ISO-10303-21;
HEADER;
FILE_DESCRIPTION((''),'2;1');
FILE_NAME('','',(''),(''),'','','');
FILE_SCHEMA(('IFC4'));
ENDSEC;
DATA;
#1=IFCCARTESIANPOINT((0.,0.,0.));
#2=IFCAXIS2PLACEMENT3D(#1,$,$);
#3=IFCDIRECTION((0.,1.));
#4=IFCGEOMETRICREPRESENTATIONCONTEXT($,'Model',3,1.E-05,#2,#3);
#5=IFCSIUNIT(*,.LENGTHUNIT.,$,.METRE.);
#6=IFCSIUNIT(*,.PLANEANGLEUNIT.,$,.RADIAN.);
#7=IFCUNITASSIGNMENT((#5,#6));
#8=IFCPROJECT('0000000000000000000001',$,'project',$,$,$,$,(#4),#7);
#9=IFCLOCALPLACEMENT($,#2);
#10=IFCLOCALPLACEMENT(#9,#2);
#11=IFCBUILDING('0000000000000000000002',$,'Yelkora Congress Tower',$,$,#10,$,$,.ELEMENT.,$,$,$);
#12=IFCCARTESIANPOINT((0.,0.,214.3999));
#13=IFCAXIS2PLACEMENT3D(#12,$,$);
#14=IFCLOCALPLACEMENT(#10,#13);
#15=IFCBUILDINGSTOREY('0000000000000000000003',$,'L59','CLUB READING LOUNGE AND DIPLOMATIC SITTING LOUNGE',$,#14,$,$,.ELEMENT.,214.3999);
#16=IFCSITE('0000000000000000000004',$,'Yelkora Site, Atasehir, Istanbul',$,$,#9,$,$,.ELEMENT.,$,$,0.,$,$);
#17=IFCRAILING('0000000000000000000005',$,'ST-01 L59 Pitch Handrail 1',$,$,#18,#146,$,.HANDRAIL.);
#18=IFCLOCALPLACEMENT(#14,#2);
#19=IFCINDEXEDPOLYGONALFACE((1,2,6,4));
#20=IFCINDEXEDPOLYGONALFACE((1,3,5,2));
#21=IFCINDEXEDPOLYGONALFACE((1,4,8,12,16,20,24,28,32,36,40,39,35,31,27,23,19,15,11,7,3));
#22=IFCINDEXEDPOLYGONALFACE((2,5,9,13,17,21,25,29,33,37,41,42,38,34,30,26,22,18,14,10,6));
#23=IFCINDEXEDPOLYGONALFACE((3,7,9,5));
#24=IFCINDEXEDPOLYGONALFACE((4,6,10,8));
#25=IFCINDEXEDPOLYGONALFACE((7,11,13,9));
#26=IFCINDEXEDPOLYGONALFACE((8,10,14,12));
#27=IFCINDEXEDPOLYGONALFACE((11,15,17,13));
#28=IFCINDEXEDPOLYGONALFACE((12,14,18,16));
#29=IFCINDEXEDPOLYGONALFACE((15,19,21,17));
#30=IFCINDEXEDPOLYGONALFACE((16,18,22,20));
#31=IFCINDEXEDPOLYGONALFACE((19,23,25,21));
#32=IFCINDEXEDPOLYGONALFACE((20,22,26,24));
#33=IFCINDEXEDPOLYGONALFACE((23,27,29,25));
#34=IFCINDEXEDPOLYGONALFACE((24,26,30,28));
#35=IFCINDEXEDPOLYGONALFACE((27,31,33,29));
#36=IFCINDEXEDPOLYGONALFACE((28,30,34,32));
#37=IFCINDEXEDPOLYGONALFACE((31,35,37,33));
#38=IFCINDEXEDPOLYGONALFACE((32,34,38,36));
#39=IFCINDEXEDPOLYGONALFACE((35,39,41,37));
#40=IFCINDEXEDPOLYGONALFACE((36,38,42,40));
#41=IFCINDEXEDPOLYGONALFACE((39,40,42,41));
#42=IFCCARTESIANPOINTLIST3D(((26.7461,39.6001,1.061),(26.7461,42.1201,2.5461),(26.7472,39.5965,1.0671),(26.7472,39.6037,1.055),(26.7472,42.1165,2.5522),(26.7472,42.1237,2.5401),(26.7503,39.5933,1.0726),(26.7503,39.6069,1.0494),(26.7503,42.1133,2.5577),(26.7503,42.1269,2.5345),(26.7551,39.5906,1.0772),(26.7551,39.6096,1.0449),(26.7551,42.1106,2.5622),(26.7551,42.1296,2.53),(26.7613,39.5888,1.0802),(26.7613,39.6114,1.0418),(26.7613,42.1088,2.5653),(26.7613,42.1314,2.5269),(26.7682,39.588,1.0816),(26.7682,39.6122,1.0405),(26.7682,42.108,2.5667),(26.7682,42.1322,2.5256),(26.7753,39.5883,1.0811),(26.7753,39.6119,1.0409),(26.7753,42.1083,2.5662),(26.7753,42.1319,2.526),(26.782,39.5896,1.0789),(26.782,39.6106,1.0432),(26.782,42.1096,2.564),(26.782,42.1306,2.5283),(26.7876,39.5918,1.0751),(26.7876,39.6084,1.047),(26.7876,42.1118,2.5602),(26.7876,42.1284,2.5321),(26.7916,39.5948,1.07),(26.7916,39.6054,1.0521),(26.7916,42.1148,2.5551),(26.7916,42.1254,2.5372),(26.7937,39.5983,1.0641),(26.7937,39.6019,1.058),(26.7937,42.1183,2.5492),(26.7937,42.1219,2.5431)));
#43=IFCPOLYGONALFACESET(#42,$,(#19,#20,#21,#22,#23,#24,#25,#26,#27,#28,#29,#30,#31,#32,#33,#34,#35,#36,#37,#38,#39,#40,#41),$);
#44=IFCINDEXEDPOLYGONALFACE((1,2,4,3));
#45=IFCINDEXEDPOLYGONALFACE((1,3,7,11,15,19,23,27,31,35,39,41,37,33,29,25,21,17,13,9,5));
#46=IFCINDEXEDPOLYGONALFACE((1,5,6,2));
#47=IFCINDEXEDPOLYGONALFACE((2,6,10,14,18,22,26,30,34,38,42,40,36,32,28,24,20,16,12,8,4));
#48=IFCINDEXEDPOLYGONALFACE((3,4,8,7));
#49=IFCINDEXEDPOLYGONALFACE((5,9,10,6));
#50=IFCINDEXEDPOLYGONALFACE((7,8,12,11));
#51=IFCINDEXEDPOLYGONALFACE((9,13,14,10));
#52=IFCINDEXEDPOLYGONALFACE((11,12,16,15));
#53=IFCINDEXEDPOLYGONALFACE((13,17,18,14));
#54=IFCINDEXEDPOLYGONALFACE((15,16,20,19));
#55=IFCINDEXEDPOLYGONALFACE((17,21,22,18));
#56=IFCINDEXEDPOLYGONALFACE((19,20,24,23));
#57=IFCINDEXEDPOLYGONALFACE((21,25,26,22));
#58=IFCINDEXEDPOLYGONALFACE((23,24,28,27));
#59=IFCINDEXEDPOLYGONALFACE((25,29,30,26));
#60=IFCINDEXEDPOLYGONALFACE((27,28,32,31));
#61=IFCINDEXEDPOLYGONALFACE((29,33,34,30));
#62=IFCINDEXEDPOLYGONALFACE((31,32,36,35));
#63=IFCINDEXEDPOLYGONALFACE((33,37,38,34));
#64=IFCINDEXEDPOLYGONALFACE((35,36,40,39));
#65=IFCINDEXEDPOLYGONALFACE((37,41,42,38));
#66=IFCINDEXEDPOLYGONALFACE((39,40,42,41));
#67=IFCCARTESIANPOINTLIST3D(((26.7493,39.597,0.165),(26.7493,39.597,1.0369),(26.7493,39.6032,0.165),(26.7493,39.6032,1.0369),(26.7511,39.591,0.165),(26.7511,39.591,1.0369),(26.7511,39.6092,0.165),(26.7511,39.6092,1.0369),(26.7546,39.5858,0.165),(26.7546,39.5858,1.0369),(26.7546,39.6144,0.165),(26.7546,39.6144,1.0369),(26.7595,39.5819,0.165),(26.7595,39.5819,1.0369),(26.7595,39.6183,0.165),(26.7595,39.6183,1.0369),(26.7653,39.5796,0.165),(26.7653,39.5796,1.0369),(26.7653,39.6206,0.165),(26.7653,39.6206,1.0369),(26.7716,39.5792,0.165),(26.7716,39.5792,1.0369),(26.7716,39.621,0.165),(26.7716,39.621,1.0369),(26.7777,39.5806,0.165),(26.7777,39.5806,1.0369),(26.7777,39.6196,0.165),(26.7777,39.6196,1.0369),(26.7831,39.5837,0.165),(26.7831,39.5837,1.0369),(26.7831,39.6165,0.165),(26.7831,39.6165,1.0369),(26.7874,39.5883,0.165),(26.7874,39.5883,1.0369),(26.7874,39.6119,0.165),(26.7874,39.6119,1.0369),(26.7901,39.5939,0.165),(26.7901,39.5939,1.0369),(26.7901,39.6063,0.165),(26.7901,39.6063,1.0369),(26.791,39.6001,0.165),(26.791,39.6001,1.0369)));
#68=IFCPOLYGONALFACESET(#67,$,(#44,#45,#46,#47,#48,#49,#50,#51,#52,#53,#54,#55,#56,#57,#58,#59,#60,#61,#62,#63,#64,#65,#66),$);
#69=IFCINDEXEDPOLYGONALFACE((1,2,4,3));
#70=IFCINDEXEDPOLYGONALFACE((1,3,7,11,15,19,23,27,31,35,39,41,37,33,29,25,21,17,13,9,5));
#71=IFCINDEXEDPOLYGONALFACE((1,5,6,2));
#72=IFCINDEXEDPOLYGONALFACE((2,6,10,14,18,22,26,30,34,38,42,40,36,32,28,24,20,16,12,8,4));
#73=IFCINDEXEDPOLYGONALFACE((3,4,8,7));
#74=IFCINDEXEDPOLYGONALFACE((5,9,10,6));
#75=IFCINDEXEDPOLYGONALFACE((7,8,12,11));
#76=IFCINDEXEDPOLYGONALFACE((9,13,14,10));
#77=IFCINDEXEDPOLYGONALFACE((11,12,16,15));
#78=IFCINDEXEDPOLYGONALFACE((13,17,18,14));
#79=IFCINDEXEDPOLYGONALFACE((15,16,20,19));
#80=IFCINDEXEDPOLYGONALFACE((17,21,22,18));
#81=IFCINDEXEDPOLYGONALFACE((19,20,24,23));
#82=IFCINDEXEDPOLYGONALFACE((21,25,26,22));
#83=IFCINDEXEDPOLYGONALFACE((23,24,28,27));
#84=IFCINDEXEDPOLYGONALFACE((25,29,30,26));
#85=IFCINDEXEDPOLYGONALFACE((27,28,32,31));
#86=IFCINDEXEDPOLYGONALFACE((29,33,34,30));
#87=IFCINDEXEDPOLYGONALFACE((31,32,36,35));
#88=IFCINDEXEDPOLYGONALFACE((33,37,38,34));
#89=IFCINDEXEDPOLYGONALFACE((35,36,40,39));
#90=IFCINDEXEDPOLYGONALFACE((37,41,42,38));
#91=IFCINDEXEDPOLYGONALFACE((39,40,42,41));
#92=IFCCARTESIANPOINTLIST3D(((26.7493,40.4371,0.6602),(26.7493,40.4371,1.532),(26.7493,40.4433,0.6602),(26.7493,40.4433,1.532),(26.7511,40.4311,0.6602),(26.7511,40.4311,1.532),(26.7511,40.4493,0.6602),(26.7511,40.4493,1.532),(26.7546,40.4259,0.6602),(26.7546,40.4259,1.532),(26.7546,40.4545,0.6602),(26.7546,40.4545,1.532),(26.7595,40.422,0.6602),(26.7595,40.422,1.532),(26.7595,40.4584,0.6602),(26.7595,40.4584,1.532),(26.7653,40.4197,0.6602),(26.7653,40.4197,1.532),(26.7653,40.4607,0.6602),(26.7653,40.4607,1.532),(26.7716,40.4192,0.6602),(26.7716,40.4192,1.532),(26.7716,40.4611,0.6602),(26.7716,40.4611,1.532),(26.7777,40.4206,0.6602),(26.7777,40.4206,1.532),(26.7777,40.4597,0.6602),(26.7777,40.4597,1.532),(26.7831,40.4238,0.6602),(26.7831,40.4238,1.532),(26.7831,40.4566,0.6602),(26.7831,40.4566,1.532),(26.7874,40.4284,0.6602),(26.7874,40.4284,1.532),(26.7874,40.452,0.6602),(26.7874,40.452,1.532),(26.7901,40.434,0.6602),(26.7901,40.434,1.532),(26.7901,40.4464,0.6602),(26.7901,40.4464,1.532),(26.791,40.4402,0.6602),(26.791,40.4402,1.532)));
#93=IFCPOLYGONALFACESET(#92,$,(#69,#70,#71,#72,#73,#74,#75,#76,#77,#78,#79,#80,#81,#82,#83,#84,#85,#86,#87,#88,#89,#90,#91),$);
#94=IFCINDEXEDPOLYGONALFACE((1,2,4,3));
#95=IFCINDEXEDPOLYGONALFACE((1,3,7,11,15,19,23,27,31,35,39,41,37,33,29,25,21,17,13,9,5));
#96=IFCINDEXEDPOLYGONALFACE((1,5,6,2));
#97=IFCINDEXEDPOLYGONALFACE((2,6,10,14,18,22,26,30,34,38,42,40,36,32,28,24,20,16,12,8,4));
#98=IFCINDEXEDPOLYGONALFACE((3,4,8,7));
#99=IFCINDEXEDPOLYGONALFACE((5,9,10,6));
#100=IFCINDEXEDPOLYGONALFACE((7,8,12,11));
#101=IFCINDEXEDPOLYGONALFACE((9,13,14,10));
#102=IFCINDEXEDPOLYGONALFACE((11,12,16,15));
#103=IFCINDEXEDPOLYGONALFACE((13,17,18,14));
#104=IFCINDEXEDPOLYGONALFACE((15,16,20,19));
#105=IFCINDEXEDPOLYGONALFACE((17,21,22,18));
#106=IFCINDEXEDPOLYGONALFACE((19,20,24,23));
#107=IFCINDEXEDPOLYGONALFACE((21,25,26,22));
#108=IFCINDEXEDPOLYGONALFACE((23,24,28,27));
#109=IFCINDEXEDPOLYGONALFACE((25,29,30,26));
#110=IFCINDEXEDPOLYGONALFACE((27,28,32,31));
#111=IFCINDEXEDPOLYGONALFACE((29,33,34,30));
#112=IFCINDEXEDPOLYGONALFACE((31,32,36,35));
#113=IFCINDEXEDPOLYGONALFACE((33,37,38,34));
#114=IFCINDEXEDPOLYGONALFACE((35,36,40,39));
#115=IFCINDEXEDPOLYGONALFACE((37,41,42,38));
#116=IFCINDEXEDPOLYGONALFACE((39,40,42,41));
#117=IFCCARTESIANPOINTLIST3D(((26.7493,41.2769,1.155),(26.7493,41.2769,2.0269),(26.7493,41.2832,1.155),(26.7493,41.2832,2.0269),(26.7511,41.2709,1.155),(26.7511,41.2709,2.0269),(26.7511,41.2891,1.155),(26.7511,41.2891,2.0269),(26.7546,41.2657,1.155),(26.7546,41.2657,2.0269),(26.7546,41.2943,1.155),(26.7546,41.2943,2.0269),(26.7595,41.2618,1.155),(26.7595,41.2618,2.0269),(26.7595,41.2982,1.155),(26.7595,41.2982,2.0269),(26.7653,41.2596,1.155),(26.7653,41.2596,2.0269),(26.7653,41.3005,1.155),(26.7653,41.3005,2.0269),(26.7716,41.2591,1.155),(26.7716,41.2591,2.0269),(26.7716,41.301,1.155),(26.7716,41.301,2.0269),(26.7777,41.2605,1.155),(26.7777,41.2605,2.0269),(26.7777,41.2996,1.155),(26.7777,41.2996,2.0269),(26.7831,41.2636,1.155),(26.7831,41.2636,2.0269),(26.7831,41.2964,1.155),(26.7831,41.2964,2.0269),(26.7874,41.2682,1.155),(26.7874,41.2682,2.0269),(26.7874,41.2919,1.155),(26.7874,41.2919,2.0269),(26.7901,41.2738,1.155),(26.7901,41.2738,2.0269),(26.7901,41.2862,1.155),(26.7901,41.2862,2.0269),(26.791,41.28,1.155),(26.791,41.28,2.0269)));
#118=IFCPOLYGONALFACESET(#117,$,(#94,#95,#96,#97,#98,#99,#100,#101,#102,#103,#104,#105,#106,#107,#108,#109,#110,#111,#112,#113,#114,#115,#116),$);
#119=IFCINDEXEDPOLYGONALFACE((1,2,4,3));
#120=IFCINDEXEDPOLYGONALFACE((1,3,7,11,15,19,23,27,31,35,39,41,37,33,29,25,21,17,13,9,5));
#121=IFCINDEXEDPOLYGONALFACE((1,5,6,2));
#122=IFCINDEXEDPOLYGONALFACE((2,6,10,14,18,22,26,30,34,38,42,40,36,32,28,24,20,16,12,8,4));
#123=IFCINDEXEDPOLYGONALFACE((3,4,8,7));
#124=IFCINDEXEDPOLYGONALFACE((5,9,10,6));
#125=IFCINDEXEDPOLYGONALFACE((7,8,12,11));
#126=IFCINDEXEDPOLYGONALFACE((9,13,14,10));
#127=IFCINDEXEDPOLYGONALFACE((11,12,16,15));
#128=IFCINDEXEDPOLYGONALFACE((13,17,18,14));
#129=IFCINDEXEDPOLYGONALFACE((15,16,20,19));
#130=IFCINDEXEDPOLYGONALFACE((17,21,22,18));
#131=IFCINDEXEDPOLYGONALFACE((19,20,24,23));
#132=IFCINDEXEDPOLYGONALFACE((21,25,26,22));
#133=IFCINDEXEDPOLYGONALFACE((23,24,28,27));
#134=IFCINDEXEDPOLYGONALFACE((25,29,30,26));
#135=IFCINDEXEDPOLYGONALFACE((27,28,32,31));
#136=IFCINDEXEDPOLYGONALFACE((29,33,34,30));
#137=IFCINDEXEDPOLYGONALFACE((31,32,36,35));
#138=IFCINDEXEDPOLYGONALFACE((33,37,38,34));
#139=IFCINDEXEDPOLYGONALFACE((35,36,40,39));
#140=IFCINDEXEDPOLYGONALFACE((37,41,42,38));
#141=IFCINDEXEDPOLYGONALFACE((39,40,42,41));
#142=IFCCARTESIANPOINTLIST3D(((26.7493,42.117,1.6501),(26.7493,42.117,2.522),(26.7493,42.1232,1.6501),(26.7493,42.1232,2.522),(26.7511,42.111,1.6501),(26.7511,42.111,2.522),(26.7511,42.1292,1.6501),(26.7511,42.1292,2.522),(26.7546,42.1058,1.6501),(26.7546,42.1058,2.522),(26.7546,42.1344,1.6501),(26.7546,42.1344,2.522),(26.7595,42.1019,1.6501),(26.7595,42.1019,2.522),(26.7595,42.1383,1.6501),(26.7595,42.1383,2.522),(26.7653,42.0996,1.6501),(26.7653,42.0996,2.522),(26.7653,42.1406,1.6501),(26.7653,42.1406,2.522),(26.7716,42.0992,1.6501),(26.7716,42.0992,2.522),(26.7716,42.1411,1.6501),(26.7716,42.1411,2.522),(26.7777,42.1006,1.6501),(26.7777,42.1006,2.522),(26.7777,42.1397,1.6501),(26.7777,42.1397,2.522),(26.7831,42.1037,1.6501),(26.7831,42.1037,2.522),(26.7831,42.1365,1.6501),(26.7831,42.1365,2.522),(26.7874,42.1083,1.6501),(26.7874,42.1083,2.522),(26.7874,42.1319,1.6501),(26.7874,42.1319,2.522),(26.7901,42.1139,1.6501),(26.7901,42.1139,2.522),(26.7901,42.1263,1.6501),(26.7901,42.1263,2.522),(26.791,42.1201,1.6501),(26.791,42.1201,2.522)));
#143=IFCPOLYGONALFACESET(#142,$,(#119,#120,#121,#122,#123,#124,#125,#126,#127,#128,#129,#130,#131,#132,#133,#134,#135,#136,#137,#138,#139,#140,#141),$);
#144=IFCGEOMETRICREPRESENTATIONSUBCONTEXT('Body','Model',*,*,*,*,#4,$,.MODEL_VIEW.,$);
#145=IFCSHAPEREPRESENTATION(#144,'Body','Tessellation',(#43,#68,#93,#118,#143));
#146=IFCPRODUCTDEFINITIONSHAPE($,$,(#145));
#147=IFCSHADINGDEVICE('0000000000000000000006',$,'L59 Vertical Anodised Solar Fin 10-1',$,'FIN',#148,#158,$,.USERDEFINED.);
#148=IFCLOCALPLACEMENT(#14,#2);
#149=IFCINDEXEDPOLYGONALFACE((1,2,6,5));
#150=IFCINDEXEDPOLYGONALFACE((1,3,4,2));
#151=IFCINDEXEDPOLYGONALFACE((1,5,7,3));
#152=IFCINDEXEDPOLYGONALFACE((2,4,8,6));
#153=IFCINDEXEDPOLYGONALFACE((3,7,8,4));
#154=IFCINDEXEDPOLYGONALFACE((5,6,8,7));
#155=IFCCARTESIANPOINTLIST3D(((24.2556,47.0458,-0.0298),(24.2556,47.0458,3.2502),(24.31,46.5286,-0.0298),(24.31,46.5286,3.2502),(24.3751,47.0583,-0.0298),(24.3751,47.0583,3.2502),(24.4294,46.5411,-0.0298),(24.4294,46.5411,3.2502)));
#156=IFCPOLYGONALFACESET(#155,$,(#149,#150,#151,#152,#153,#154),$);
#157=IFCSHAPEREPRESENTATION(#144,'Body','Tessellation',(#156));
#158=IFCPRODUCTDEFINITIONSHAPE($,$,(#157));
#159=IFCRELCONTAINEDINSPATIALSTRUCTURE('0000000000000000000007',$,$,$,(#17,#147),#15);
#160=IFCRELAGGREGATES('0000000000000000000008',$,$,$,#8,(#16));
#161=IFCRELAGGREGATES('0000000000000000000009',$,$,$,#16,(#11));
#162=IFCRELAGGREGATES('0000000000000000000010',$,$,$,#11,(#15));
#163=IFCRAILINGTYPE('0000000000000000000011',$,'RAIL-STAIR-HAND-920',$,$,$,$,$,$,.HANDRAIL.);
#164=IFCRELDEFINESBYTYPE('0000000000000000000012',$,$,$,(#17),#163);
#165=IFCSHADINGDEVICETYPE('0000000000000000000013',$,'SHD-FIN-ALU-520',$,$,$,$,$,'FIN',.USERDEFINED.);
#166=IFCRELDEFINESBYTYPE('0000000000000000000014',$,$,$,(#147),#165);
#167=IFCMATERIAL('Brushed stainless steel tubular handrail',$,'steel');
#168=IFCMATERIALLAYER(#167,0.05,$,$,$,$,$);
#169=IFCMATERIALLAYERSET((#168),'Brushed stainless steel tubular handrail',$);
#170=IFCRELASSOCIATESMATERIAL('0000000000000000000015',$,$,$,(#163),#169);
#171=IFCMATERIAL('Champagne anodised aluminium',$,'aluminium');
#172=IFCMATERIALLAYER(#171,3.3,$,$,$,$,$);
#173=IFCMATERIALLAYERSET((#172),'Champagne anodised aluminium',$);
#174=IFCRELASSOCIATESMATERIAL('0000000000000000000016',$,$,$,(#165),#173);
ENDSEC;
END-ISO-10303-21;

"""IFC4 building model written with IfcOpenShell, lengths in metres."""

from ifc_helpers import new_model, si_unit, direction, frame, origin, origin_2d, place, context, subcontext, project, spatial, rectangle, circle, extrude, material, layer, layer_set, type_object, element, save


model = new_model("IFC4")

# Units and contexts
model_context = context("Model", 3, precision=1e-05, world=origin(), true_north=direction((0.0, 1.0)))
body_context = subcontext(model_context, "Body", "Model", "MODEL_VIEW")
ifc_project = project(units=[si_unit("LENGTHUNIT", "METRE"), si_unit("PLANEANGLEUNIT", "RADIAN")], contexts=[model_context])

# Site, building, storey
site_placement = place(None, origin())
site = spatial("IfcSite", under=ifc_project, at=site_placement, Name="Yelkora Site, Atasehir, Istanbul", CompositionType="ELEMENT", RefElevation=0.0)
building_placement = place(site_placement, origin())
building = spatial("IfcBuilding", under=site, at=building_placement, Name="Yelkora Congress Tower", CompositionType="ELEMENT")
storey_placement = place(building_placement, frame((0.0, 0.0, 214.3999)))
storey = spatial("IfcBuildingStorey", under=building, at=storey_placement, Name="L59", Description="CLUB READING LOUNGE AND DIPLOMATIC SITTING LOUNGE", CompositionType="ELEMENT", Elevation=214.3999)

# Railing
ifc_material_1 = material(Name="Brushed stainless steel tubular handrail", Category="steel")
ifc_layer_1 = layer(ifc_material_1, 0.05)
ifc_layer_set_1 = layer_set([ifc_layer_1], Name="Brushed stainless steel tubular handrail")
railing_type_1 = type_object("IfcRailingType", Name="RAIL-STAIR-HAND-920", PredefinedType="HANDRAIL", material=ifc_layer_set_1)
railing_1_placement = place(storey_placement, frame((26.77, 39.6001, 0.165)))
element("IfcRailing", 1, at=railing_1_placement, inside=storey, type_object=railing_type_1, Name="ST-01 L59 Pitch Handrail 1", PredefinedType="HANDRAIL", context=body_context, shape_type="SweptSolid", body=[
    extrude(circle(Radius=0.0239, at=origin_2d()), frame((0.0, 0.0, 0.896), z_axis=(0.0, 0.861524, 0.507717), x_axis=(-1.0, 0.0, 0.0)), (0.0, 0.0, 1.0), 2.925),
    extrude(circle(Radius=0.021, at=origin_2d()), origin(), (0.0, 0.0, 1.0), 0.8718),
    extrude(circle(Radius=0.021, at=origin_2d()), frame((0.0, 0.8401, 0.4951)), (0.0, 0.0, 1.0), 0.8718),
    extrude(circle(Radius=0.021, at=origin_2d()), frame((0.0, 1.6799, 0.99)), (0.0, 0.0, 1.0), 0.8718),
    extrude(circle(Radius=0.021, at=origin_2d()), frame((0.0, 2.52, 1.4851)), (0.0, 0.0, 1.0), 0.8718),
])

# Shading device
ifc_material_2 = material(Name="Champagne anodised aluminium", Category="aluminium")
ifc_layer_2 = layer(ifc_material_2, 3.3)
ifc_layer_set_2 = layer_set([ifc_layer_2], Name="Champagne anodised aluminium")
shading_device_type = type_object("IfcShadingDeviceType", Name="SHD-FIN-ALU-520", ElementType="FIN", PredefinedType="USERDEFINED", material=ifc_layer_set_2)
shading_device_placement = place(storey_placement, frame((24.3425, 46.7935, -0.0298), z_axis=(0.0, 0.0, 1.0), x_axis=(0.994522, 0.104528, 0.0)))
element("IfcShadingDevice", 2, at=shading_device_placement, inside=storey, type_object=shading_device_type, Name="L59 Vertical Anodised Solar Fin 10-1", ObjectType="FIN", PredefinedType="USERDEFINED", context=body_context, shape_type="SweptSolid", body=[
    extrude(rectangle(XDim=0.1201, YDim=0.52, at=origin_2d()), origin(), (0.0, 0.0, 1.0), 3.28),
])

save(model, "model.ifc")
